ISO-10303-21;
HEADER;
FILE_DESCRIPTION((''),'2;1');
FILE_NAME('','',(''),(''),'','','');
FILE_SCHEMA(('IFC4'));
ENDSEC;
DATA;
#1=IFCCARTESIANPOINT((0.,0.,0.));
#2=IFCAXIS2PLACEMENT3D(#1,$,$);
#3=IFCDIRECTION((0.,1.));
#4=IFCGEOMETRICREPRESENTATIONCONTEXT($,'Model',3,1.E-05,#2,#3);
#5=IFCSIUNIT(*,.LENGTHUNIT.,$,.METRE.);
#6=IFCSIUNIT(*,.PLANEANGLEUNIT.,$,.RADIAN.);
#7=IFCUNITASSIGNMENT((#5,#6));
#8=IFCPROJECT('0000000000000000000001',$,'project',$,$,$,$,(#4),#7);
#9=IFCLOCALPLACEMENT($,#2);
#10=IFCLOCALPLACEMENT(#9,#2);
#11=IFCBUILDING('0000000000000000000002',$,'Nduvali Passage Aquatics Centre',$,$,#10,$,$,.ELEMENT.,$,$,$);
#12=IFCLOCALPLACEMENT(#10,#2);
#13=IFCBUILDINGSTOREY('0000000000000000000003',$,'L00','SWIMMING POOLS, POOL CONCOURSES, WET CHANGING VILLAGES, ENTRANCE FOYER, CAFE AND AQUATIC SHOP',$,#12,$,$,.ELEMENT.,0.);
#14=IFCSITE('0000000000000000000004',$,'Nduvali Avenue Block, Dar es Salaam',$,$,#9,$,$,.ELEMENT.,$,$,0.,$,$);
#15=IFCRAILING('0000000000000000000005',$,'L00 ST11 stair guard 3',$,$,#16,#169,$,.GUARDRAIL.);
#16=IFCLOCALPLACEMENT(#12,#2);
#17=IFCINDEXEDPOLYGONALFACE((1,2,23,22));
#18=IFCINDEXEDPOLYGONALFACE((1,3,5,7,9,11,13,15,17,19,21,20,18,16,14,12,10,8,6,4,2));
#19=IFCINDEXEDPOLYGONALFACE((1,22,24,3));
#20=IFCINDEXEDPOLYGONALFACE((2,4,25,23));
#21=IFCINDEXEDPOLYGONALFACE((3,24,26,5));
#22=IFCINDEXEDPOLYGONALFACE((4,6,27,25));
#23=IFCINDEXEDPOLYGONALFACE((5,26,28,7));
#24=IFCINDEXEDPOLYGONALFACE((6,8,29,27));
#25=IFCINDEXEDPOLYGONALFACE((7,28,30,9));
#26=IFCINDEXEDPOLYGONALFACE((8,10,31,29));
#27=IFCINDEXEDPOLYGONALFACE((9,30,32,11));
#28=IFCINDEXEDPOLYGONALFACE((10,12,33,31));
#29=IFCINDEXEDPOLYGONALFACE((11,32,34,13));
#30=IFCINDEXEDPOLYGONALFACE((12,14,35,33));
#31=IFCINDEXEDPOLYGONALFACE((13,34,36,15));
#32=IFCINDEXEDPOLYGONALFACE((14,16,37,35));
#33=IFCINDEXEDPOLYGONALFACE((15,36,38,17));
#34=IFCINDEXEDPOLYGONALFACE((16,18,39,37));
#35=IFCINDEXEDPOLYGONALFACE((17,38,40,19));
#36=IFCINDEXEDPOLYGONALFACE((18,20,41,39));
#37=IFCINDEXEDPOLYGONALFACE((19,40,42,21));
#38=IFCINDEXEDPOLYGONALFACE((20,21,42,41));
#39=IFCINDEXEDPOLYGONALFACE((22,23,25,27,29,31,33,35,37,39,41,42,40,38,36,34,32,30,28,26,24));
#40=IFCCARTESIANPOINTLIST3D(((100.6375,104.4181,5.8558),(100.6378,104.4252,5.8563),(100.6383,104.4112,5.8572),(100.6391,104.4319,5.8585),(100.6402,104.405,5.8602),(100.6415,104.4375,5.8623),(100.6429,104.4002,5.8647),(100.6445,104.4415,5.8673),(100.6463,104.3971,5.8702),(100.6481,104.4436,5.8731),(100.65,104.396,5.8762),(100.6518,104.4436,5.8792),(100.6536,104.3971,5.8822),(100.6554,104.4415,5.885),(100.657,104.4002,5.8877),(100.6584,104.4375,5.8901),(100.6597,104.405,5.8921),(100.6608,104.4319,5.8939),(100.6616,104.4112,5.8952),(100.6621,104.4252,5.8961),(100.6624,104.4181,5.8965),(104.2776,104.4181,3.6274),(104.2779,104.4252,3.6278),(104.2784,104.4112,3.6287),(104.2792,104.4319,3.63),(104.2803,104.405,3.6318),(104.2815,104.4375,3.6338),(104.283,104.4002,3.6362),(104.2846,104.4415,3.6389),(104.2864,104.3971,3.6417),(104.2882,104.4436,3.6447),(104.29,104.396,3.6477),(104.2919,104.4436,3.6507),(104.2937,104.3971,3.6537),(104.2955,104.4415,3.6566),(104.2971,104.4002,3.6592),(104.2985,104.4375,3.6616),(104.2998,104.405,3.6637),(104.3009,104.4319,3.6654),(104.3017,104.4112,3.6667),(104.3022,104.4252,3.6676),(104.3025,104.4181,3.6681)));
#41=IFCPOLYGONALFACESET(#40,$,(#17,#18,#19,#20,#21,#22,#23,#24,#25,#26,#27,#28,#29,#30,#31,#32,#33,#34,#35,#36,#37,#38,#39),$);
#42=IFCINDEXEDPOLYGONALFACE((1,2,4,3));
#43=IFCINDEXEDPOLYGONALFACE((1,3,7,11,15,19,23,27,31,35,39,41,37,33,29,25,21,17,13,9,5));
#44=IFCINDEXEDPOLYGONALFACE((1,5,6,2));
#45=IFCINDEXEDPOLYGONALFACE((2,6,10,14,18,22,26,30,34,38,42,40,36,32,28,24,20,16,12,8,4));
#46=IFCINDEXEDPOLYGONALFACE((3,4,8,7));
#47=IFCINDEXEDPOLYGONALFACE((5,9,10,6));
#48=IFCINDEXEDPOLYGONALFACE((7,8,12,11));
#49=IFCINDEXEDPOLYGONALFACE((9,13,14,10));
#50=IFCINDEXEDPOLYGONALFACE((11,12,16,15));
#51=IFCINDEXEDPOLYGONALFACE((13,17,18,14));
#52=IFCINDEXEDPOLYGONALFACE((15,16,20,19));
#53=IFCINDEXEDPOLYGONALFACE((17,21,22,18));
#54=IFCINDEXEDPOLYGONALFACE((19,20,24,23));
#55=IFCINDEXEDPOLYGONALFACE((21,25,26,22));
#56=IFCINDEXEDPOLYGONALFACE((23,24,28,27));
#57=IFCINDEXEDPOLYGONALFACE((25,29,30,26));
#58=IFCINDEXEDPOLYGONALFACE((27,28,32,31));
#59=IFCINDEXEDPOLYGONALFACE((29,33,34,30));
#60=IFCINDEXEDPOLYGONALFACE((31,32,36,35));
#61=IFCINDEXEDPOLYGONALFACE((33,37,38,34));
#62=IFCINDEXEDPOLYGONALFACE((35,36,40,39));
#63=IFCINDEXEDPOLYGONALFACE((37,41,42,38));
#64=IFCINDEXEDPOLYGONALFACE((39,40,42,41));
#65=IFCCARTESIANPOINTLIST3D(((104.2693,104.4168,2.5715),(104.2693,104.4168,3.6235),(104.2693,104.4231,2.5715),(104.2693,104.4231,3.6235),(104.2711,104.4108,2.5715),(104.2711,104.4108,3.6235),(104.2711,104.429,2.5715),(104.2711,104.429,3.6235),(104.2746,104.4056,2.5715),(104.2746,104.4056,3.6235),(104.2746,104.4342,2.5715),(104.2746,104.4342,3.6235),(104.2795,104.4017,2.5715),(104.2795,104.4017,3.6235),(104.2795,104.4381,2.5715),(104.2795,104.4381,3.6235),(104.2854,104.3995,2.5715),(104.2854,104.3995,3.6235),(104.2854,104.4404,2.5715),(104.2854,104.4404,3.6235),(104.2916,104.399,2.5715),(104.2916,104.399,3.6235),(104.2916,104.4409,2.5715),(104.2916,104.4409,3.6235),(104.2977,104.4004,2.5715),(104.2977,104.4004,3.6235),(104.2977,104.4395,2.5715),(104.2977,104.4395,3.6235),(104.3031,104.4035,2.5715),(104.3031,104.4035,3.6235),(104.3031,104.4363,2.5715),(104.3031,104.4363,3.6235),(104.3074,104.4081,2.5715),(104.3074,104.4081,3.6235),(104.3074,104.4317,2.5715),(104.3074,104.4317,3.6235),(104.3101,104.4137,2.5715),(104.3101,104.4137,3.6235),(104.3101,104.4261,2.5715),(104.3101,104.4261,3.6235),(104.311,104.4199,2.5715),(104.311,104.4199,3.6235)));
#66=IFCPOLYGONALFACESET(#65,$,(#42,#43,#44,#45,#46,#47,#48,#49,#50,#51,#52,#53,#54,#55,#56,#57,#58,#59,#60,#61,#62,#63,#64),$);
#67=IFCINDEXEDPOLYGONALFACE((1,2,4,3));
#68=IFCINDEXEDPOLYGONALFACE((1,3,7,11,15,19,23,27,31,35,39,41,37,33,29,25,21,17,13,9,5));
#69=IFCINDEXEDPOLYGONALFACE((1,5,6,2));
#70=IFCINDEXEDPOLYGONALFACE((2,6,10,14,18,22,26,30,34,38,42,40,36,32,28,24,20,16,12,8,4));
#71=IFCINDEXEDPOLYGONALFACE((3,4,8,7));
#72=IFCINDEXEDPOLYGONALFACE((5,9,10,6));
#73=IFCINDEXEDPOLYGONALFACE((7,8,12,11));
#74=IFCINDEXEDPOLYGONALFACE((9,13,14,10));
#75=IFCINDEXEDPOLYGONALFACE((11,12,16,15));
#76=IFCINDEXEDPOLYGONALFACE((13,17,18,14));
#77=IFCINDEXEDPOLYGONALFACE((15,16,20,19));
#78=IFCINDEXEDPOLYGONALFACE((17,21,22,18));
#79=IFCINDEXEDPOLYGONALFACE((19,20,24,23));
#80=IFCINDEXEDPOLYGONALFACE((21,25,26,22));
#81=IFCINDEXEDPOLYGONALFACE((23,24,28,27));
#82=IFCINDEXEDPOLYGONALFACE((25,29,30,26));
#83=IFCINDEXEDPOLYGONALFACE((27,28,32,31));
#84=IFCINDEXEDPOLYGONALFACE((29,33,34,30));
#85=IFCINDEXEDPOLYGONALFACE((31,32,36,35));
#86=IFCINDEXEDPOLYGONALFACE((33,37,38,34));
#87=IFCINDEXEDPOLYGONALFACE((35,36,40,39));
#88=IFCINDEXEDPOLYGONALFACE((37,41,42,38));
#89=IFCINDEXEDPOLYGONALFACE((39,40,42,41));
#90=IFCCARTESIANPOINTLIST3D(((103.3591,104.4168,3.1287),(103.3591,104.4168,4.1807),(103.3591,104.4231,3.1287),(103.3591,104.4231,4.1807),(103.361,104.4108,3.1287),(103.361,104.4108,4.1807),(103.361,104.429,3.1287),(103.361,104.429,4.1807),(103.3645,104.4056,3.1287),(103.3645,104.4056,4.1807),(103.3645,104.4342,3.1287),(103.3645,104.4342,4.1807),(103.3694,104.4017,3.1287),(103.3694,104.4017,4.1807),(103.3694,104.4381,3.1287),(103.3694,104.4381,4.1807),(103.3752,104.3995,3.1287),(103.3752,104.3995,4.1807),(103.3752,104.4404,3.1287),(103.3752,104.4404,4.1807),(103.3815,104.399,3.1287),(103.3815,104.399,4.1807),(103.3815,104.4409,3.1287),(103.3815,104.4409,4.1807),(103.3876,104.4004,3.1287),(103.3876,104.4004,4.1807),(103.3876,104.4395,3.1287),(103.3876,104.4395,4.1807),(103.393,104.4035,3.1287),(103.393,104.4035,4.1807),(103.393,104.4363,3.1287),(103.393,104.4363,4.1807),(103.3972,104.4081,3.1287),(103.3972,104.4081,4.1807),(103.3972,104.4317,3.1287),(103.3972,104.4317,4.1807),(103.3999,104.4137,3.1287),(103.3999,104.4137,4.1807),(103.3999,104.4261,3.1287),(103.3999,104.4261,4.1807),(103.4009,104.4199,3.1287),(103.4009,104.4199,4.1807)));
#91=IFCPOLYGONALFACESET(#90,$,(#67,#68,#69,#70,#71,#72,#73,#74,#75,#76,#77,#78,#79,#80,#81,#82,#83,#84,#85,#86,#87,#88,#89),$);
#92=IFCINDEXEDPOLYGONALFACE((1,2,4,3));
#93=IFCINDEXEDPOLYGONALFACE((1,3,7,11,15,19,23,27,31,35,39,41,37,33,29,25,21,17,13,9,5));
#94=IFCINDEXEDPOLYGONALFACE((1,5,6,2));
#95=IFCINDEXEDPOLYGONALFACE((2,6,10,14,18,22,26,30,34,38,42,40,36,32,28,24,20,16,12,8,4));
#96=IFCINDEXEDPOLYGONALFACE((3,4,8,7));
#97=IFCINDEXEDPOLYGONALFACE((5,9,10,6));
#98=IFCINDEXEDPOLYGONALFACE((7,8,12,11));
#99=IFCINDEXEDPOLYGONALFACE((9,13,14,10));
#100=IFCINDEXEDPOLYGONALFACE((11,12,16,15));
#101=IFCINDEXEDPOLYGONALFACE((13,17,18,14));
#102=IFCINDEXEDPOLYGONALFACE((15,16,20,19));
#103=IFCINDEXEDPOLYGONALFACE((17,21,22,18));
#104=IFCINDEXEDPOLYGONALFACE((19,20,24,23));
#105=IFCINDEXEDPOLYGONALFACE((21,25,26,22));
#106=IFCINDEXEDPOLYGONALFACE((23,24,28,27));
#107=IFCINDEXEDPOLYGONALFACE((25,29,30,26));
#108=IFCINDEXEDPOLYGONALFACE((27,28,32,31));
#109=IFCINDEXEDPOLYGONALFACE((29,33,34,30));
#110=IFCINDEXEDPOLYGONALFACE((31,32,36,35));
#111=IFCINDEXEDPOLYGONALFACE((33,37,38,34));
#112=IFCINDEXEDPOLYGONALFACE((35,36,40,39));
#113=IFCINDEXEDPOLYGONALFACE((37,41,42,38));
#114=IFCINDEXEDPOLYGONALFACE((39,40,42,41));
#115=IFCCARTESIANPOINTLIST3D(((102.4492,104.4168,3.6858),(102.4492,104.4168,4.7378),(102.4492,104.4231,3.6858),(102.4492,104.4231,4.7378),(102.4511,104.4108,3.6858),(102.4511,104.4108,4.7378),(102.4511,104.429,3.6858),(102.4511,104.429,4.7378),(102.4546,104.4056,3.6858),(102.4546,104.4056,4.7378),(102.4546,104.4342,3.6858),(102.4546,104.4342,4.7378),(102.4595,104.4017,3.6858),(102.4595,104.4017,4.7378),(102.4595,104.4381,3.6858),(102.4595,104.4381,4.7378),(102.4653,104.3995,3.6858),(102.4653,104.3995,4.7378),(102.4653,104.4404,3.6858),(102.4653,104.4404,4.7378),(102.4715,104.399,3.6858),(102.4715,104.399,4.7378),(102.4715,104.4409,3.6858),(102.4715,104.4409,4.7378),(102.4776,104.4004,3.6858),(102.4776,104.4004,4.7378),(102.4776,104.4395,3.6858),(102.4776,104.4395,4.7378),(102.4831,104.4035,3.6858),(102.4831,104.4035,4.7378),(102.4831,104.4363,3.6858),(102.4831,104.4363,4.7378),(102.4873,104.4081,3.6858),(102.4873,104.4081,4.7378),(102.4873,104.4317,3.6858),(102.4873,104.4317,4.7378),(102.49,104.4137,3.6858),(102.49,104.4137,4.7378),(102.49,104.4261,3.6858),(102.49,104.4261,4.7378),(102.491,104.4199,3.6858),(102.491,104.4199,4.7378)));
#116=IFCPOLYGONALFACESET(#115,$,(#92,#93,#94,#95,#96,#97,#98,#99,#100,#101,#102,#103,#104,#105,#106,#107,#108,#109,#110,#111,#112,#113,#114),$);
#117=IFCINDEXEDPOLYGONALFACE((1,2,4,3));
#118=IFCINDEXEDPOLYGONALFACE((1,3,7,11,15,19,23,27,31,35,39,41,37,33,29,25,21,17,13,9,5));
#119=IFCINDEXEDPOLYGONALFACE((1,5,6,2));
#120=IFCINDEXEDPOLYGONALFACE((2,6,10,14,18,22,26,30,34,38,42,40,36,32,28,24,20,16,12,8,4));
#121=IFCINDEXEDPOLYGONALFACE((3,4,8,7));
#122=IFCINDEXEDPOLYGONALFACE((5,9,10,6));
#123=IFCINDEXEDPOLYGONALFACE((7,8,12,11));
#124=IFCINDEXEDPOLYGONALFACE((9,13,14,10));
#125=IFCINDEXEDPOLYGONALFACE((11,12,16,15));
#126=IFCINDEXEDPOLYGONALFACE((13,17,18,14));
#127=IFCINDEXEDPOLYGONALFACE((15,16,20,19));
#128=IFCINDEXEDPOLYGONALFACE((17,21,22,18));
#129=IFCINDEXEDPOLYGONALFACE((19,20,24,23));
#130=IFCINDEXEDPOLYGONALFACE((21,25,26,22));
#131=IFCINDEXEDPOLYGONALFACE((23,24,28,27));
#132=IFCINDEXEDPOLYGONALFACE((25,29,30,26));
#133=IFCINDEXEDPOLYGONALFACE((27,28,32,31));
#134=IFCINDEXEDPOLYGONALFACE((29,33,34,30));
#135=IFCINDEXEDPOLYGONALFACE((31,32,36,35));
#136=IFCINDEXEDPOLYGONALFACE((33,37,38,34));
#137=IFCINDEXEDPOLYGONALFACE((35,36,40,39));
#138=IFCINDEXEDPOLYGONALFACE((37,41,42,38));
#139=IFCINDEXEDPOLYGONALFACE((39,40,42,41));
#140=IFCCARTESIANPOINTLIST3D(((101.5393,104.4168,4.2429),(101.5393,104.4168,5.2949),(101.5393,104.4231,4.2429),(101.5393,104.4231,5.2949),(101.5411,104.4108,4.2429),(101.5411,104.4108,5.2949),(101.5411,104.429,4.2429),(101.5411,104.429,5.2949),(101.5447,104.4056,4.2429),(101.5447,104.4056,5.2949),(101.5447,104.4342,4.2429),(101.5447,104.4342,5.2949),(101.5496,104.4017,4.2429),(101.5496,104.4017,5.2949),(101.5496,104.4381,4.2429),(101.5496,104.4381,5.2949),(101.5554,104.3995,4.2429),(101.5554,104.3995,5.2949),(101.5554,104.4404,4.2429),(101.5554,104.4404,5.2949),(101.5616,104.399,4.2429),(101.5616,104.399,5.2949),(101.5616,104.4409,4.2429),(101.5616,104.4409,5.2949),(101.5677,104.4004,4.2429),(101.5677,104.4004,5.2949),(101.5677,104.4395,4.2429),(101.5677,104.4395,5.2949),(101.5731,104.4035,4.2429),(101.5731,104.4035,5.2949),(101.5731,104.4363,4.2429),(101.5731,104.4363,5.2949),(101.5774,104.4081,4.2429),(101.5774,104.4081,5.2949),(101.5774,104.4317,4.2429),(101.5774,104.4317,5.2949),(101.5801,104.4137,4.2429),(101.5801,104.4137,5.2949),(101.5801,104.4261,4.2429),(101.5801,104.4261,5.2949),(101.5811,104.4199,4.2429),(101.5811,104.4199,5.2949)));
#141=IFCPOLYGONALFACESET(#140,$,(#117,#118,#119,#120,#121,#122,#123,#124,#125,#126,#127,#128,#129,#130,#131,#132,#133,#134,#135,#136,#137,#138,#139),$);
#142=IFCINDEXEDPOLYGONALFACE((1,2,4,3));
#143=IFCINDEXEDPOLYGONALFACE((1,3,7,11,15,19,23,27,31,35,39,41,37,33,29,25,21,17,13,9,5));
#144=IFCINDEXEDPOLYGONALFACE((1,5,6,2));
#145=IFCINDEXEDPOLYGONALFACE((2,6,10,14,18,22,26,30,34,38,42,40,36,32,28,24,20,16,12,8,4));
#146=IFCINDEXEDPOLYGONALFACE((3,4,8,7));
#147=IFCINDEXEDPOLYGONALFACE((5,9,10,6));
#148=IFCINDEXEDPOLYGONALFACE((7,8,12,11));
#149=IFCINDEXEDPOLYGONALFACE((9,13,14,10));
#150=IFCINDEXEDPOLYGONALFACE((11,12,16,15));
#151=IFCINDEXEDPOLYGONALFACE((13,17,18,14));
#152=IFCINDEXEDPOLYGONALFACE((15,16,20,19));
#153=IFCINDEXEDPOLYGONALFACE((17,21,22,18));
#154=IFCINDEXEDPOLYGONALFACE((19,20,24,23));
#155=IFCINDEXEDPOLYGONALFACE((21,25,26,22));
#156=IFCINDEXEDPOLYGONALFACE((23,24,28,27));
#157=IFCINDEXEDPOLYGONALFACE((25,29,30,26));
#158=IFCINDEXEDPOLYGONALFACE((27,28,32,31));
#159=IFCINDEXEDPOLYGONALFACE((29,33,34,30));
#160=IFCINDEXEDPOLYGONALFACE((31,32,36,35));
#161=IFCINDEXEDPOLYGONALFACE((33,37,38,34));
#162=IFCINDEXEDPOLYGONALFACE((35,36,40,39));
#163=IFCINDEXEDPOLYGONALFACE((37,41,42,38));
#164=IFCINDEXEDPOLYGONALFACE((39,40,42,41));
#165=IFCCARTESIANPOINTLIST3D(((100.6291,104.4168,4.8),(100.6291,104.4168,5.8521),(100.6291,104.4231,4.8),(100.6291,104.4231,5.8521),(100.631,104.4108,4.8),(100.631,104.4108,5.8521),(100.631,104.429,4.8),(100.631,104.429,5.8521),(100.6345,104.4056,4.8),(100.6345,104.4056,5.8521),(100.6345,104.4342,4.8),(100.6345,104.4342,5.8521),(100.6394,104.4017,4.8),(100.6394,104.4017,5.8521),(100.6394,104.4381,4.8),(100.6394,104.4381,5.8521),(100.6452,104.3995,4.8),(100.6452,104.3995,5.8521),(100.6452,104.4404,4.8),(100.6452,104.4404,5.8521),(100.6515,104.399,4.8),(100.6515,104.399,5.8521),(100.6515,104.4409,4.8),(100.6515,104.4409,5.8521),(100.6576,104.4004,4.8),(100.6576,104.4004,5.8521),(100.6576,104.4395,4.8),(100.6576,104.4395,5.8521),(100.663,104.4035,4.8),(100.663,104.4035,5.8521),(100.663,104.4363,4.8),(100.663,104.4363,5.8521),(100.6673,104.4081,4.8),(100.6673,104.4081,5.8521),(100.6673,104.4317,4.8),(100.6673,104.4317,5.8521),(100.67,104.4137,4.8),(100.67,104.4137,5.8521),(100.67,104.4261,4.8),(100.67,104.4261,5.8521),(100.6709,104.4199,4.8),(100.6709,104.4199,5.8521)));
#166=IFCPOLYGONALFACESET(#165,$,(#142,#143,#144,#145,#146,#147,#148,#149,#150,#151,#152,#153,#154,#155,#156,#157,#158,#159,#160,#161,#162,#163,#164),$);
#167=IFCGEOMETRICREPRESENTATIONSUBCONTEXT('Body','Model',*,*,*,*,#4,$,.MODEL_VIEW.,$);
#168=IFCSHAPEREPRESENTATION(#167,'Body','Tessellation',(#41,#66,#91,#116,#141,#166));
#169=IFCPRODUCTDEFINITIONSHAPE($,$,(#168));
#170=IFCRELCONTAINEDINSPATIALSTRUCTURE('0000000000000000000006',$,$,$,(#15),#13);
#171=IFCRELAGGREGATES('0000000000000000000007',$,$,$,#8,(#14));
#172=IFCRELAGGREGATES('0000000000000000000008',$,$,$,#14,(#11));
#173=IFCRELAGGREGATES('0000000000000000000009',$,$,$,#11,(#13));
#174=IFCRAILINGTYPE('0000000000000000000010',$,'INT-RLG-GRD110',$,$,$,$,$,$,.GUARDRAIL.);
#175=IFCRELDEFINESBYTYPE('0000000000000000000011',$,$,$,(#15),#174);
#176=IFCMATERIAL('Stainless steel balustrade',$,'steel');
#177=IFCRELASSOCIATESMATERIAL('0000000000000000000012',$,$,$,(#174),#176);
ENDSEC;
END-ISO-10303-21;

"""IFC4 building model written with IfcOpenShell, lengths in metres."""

from ifc_helpers import new_model, si_unit, direction, frame, origin, origin_2d, place, context, subcontext, project, spatial, circle, extrude, material, type_object, element, save


model = new_model("IFC4")

# Units and contexts
model_context = context("Model", 3, precision=1e-05, world=origin(), true_north=direction((0.0, 1.0)))
body_context = subcontext(model_context, "Body", "Model", "MODEL_VIEW")
ifc_project = project(units=[si_unit("LENGTHUNIT", "METRE"), si_unit("PLANEANGLEUNIT", "RADIAN")], contexts=[model_context])

# Site, building, storey
site_placement = place(None, origin())
site = spatial("IfcSite", under=ifc_project, at=site_placement, Name="Nduvali Avenue Block, Dar es Salaam", CompositionType="ELEMENT", RefElevation=0.0)
building_placement = place(site_placement, origin())
building = spatial("IfcBuilding", under=site, at=building_placement, Name="Nduvali Passage Aquatics Centre", CompositionType="ELEMENT")
storey_placement = place(building_placement, origin())
storey = spatial("IfcBuildingStorey", under=building, at=storey_placement, Name="L00", Description="SWIMMING POOLS, POOL CONCOURSES, WET CHANGING VILLAGES, ENTRANCE FOYER, CAFE AND AQUATIC SHOP", CompositionType="ELEMENT", Elevation=0.0)

# Railing
ifc_material_1 = material(Name="Stainless steel balustrade", Category="steel")
railing_type_1 = type_object("IfcRailingType", Name="INT-RLG-GRD110", PredefinedType="GUARDRAIL", material=ifc_material_1)
railing_1_placement = place(storey_placement, frame((104.29, 104.4199, 2.5715)))
element("IfcRailing", 1, at=railing_1_placement, inside=storey, type_object=railing_type_1, Name="L00 ST11 stair guard 3", PredefinedType="GUARDRAIL", context=body_context, shape_type="SweptSolid", body=[
    extrude(circle(Radius=0.0239, at=origin_2d()), frame((0.0, 0.0, 1.0762), z_axis=(-0.852866, 0.0, 0.52213), x_axis=(0.0, -1.0, 0.0)), (0.0, 0.0, 1.0), 4.2681),
    extrude(circle(Radius=0.021, at=origin_2d()), origin(), (0.0, 0.0, 1.0), 1.052),
    extrude(circle(Radius=0.021, at=origin_2d()), frame((-0.9102, 0.0, 0.5571)), (0.0, 0.0, 1.0), 1.052),
    extrude(circle(Radius=0.021, at=origin_2d()), frame((-1.8201, 0.0, 1.1143)), (0.0, 0.0, 1.0), 1.052),
    extrude(circle(Radius=0.021, at=origin_2d()), frame((-2.73, 0.0, 1.6714)), (0.0, 0.0, 1.0), 1.052),
    extrude(circle(Radius=0.021, at=origin_2d()), frame((-3.6401, 0.0, 2.2285)), (0.0, 0.0, 1.0), 1.052),
])

save(model, "model.ifc")
